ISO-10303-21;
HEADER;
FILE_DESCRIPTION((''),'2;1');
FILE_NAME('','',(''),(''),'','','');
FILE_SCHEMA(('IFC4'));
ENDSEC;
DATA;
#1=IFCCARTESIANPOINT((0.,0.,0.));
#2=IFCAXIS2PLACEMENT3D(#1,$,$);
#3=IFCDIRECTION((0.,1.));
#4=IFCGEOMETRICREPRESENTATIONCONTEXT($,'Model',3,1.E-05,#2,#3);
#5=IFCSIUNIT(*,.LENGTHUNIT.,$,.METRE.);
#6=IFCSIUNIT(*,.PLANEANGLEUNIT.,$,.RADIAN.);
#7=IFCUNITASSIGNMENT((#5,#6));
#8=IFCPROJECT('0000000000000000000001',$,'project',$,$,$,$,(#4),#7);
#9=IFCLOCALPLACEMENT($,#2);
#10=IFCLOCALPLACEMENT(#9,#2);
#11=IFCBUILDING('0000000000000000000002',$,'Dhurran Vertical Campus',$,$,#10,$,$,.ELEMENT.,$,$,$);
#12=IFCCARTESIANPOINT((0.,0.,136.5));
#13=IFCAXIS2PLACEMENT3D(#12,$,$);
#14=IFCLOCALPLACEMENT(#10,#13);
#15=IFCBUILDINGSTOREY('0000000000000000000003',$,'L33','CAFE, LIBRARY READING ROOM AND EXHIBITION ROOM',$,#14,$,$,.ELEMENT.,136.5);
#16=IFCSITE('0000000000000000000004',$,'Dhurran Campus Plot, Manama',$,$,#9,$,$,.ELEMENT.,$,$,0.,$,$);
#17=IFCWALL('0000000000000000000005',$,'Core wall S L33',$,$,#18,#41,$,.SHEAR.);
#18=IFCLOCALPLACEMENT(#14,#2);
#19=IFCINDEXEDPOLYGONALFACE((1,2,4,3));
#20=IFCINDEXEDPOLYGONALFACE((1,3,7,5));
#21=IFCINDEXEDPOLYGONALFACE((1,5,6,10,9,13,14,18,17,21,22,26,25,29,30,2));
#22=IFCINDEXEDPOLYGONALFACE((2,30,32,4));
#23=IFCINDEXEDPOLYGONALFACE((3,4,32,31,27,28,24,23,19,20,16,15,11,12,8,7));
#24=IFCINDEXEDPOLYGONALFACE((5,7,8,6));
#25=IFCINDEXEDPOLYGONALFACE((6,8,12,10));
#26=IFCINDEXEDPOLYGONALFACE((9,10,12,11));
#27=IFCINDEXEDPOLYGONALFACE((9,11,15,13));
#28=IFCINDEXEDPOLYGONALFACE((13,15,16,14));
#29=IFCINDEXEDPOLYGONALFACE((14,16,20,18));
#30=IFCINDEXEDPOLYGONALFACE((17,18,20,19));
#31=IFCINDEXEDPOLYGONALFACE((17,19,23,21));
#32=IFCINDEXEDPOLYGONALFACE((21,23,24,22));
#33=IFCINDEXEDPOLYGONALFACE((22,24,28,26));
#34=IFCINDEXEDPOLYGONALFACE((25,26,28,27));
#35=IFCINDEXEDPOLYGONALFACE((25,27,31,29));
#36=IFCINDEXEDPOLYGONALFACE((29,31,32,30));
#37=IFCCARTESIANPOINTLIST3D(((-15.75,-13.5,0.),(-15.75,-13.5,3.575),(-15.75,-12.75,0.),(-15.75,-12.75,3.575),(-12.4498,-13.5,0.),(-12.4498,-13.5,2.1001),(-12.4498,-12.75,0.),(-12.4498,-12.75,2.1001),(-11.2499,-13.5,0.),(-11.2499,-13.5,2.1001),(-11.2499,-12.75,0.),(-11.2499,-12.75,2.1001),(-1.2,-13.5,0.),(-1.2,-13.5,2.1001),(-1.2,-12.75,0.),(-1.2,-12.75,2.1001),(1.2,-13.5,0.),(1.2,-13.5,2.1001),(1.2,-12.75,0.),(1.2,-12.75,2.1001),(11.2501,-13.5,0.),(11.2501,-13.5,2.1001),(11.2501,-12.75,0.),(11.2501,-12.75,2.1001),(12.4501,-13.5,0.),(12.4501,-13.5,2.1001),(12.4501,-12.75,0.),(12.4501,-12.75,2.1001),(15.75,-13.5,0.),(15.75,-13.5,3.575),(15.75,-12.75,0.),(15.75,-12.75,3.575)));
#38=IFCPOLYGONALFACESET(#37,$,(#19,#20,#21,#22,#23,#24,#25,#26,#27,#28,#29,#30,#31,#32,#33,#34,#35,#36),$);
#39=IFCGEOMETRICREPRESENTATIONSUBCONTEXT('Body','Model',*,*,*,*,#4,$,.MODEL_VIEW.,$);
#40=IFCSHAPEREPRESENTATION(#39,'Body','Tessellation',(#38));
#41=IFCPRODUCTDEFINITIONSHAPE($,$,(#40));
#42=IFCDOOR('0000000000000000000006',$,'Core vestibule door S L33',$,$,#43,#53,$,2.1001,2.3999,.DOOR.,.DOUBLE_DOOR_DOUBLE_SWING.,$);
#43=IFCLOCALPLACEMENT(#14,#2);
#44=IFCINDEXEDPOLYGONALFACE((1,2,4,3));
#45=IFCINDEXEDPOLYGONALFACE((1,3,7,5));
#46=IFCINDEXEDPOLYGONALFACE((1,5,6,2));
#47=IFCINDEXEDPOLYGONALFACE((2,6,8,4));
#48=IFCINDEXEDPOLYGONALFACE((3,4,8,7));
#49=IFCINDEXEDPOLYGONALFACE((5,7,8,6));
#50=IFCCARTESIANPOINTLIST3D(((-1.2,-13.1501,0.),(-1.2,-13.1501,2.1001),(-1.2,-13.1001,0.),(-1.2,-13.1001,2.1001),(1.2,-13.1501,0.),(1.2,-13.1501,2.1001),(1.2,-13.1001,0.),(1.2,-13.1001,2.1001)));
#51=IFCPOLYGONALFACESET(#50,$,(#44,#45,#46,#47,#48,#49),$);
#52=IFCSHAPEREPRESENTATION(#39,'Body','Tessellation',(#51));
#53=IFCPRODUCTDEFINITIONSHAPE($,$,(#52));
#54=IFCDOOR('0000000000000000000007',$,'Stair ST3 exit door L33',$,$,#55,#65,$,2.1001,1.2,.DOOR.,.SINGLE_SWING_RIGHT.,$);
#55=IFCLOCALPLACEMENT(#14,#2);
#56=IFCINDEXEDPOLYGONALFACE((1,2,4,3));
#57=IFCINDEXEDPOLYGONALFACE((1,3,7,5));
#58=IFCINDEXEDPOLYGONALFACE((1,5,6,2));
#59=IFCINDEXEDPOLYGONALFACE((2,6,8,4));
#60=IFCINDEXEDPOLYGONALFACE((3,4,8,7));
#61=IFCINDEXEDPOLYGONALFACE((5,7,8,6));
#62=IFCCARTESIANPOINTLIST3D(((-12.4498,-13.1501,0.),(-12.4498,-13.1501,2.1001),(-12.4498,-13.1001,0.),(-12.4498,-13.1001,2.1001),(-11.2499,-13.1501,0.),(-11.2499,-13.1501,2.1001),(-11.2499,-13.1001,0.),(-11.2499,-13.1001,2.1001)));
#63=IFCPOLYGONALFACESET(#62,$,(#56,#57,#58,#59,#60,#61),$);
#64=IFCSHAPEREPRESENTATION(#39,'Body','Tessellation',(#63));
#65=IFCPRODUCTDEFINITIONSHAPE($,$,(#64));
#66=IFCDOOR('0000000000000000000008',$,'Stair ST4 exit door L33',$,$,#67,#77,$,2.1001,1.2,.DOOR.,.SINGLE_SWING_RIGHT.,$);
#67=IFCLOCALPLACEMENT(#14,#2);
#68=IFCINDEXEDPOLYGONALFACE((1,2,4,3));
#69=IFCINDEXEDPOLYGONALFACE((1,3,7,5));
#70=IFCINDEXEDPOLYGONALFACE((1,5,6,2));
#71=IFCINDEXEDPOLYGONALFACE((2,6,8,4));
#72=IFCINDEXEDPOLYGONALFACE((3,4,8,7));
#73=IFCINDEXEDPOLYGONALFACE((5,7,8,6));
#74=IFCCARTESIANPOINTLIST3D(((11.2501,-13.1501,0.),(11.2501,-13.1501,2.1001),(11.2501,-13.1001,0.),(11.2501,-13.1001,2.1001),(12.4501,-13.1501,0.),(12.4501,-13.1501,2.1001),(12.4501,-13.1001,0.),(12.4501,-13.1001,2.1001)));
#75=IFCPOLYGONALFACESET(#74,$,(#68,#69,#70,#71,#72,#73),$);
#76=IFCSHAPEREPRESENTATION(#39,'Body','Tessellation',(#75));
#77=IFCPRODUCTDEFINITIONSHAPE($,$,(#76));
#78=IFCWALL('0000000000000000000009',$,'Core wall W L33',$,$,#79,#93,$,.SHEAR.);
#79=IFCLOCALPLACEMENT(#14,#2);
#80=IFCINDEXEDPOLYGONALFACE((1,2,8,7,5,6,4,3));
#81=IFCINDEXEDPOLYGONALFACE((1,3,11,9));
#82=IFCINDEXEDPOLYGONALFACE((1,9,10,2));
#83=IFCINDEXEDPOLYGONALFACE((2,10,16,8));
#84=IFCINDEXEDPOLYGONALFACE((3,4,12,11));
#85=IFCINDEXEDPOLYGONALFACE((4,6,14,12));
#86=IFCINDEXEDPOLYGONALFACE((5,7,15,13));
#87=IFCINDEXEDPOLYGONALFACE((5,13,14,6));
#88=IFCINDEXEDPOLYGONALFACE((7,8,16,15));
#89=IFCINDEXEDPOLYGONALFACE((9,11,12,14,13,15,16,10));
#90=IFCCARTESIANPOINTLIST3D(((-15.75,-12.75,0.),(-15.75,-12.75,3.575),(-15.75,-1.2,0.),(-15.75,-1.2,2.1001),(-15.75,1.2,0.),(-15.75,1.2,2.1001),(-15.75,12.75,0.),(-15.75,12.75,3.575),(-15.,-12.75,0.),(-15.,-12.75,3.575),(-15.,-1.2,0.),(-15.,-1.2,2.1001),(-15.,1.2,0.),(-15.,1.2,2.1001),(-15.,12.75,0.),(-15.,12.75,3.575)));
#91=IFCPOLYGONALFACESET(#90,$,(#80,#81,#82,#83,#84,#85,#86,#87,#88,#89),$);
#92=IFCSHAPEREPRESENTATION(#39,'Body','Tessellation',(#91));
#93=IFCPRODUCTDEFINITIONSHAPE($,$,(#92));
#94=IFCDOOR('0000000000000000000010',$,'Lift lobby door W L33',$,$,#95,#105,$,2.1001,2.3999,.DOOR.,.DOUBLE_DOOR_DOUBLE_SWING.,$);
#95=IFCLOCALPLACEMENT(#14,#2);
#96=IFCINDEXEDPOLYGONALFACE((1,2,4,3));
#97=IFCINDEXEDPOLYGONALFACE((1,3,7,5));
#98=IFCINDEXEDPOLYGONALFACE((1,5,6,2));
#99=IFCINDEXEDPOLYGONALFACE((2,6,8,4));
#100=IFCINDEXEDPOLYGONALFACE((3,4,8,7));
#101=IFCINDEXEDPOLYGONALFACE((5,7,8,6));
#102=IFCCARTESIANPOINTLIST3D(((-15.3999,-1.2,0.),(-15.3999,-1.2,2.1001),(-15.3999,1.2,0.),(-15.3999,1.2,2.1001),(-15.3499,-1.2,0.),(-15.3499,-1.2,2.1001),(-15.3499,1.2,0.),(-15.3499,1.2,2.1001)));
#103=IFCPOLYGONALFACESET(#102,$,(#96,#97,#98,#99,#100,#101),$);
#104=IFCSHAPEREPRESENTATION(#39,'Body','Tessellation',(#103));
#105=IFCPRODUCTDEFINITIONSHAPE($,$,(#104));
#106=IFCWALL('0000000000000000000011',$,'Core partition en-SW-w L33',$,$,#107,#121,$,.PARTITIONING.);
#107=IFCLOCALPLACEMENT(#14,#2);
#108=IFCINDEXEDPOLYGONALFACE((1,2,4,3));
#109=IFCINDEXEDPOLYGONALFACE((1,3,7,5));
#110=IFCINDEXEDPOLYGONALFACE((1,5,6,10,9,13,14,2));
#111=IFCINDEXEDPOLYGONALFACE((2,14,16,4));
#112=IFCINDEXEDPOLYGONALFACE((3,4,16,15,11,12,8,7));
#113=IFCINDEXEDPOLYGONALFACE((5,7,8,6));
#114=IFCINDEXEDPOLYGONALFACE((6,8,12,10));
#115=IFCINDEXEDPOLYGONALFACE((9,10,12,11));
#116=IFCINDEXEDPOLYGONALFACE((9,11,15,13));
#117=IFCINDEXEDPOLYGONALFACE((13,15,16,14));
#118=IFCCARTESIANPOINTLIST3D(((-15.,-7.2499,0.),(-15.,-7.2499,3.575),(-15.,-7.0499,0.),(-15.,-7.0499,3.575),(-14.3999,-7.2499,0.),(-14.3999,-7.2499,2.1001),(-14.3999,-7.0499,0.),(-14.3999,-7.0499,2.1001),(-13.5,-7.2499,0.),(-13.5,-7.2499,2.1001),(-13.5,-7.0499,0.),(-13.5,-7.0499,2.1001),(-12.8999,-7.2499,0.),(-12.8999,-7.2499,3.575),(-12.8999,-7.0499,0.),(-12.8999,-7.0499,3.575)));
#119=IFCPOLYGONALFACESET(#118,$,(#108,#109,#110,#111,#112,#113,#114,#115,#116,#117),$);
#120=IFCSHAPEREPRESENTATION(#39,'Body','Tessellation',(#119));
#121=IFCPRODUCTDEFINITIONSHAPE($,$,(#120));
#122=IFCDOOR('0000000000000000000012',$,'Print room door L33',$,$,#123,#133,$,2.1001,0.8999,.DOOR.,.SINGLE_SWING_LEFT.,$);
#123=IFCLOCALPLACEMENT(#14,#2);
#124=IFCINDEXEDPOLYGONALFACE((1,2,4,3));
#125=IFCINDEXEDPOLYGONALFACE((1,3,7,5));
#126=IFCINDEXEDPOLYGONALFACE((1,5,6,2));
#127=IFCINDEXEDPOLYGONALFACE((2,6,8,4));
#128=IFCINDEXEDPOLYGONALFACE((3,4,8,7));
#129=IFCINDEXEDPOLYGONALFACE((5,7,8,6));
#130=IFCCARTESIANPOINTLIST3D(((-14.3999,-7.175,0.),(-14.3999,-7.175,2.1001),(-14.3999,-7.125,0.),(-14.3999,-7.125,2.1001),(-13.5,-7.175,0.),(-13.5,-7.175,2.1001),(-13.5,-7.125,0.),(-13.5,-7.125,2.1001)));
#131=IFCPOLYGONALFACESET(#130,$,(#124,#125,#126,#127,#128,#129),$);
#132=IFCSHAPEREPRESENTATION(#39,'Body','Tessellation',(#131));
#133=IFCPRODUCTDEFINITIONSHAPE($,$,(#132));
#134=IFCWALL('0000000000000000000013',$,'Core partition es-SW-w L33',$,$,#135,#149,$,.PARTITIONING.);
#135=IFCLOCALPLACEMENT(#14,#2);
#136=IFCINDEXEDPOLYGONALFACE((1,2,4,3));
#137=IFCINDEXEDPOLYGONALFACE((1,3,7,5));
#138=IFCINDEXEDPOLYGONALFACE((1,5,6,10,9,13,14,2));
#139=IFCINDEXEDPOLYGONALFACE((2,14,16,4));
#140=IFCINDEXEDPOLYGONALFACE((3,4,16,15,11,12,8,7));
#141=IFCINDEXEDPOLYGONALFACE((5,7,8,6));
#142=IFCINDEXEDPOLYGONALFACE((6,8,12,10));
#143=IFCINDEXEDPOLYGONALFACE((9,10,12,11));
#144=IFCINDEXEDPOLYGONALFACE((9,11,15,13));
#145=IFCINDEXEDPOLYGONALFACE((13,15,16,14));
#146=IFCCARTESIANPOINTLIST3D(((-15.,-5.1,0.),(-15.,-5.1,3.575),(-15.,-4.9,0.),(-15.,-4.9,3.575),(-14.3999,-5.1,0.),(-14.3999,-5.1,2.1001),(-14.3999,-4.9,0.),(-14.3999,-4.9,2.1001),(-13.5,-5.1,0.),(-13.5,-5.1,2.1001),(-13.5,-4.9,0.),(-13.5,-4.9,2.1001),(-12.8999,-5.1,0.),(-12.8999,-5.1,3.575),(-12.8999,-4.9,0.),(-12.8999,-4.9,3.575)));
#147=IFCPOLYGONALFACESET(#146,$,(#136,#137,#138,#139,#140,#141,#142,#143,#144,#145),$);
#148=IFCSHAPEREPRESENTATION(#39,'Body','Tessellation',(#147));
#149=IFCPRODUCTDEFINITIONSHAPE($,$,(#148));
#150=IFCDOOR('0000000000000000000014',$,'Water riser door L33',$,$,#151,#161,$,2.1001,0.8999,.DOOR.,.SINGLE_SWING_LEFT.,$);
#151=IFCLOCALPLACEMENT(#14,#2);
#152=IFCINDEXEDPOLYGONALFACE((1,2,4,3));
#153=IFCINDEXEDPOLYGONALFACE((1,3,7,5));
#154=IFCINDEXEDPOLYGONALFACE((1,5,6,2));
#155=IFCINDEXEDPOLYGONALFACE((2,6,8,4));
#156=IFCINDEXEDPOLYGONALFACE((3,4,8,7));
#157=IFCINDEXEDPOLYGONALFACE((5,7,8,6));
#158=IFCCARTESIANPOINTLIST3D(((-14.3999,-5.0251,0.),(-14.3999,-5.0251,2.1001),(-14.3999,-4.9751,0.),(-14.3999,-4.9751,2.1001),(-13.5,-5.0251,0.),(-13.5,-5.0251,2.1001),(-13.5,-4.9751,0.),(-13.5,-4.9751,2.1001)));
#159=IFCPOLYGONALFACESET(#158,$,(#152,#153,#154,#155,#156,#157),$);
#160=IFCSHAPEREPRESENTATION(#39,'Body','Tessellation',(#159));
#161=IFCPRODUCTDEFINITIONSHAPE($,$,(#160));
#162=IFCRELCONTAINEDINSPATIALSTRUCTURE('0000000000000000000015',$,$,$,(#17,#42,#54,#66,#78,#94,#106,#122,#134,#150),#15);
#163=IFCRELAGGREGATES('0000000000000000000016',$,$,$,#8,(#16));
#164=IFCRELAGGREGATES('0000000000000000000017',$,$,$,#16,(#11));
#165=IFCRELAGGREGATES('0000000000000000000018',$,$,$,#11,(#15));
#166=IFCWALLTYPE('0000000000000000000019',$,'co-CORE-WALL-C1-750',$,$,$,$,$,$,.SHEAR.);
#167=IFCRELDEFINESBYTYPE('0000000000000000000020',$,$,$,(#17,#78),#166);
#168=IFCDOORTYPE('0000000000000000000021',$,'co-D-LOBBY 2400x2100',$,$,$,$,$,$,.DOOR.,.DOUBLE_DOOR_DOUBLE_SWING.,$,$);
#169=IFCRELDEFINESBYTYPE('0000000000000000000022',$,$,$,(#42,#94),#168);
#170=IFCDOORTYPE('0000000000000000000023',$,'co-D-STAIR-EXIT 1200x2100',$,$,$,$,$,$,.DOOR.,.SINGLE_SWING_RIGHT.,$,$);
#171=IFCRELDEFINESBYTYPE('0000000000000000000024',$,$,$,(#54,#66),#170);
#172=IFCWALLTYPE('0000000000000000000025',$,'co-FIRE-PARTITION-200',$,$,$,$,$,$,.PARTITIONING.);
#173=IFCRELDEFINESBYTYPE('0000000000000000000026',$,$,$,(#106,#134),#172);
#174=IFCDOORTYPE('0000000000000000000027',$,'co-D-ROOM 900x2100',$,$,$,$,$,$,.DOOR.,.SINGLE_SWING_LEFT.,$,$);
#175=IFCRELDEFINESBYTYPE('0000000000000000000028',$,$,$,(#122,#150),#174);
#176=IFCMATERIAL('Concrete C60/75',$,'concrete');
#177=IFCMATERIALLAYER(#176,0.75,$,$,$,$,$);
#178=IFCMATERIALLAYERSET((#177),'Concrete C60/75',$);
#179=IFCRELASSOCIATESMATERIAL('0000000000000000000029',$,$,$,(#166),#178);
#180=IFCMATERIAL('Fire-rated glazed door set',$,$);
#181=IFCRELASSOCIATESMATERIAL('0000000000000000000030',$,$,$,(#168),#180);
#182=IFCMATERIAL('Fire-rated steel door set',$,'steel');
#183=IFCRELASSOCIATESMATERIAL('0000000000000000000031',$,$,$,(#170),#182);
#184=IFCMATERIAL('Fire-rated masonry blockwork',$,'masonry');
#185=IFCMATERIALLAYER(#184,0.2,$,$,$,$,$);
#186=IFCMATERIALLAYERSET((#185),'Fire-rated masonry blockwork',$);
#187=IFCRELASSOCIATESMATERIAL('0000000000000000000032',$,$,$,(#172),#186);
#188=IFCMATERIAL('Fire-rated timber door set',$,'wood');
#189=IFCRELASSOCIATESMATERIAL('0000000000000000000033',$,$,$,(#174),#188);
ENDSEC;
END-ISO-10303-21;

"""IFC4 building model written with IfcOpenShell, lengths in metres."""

from ifc_helpers import new_model, si_unit, direction, frame, frame_2d, origin, place, context, subcontext, project, spatial, rectangle, extrude, material, layer, layer_set, type_object, element, fill, save


model = new_model("IFC4")

# Units and contexts
model_context = context("Model", 3, precision=1e-05, world=origin(), true_north=direction((0.0, 1.0)))
body_context = subcontext(model_context, "Body", "Model", "MODEL_VIEW")
ifc_project = project(units=[si_unit("LENGTHUNIT", "METRE"), si_unit("PLANEANGLEUNIT", "RADIAN")], contexts=[model_context])

# Site, building, storey
site_placement = place(None, origin())
site = spatial("IfcSite", under=ifc_project, at=site_placement, Name="Dhurran Campus Plot, Manama", CompositionType="ELEMENT", RefElevation=0.0)
building_placement = place(site_placement, origin())
building = spatial("IfcBuilding", under=site, at=building_placement, Name="Dhurran Vertical Campus", CompositionType="ELEMENT")
storey_placement = place(building_placement, frame((0.0, 0.0, 136.5)))
storey = spatial("IfcBuildingStorey", under=building, at=storey_placement, Name="L33", Description="CAFE, LIBRARY READING ROOM AND EXHIBITION ROOM", CompositionType="ELEMENT", Elevation=136.5)

# Wall, openings, doors
ifc_material_1 = material(Name="Concrete C60/75", Category="concrete")
ifc_layer_1 = layer(ifc_material_1, 0.75)
ifc_layer_set_1 = layer_set([ifc_layer_1], Name="Concrete C60/75")
wall_type_1 = type_object("IfcWallType", Name="co-CORE-WALL-C1-750", PredefinedType="SHEAR", material=ifc_layer_set_1)
wall_1_placement = place(storey_placement, frame((-15.75, -13.125, 0.0), z_axis=(0.0, 0.0, 1.0), x_axis=(1.0, 0.0, 0.0)))
wall_1 = element("IfcWall", 1, at=wall_1_placement, inside=storey, type_object=wall_type_1, Name="Core wall S L33", PredefinedType="SHEAR", context=body_context, shape_type="SweptSolid", body=[
    extrude(rectangle(XDim=31.5, YDim=0.75, at=frame_2d((15.75, 0.0))), origin(), (0.0, 0.0, 1.0), 3.575),
])
opening_1_placement = place(wall_1_placement, frame((14.55, 0.0, 0.0)))
opening_1 = element("IfcOpeningElement", 2, at=opening_1_placement, cuts=wall_1, PredefinedType="OPENING", context=body_context, shape_type="SweptSolid", body=[
    extrude(rectangle(XDim=2.3999, YDim=2.1001, at=frame_2d((1.2, 1.05))), frame((0.0, 0.385, 0.0), z_axis=(0.0, -1.0, 0.0), x_axis=(1.0, 0.0, 0.0)), (0.0, 0.0, 1.0), 0.77),
])
opening_2_placement = place(wall_1_placement, frame((3.3, 0.0, 0.0)))
opening_2 = element("IfcOpeningElement", 3, at=opening_2_placement, cuts=wall_1, PredefinedType="OPENING", context=body_context, shape_type="SweptSolid", body=[
    extrude(rectangle(XDim=1.2, YDim=2.1001, at=frame_2d((0.6001, 1.05))), frame((0.0, 0.385, 0.0), z_axis=(0.0, -1.0, 0.0), x_axis=(1.0, 0.0, 0.0)), (0.0, 0.0, 1.0), 0.77),
])
opening_3_placement = place(wall_1_placement, frame((27.0, 0.0, 0.0)))
opening_3 = element("IfcOpeningElement", 4, at=opening_3_placement, cuts=wall_1, PredefinedType="OPENING", context=body_context, shape_type="SweptSolid", body=[
    extrude(rectangle(XDim=1.2, YDim=2.1001, at=frame_2d((0.6001, 1.05))), frame((0.0, 0.385, 0.0), z_axis=(0.0, -1.0, 0.0), x_axis=(1.0, 0.0, 0.0)), (0.0, 0.0, 1.0), 0.77),
])
ifc_material_2 = material(Name="Fire-rated glazed door set")
door_type_1 = type_object("IfcDoorType", Name="co-D-LOBBY 2400x2100", OperationType="DOUBLE_DOOR_DOUBLE_SWING", PredefinedType="DOOR", material=ifc_material_2)
door_1_placement = place(opening_1_placement, origin())
door_1 = element("IfcDoor", 5, at=door_1_placement, inside=storey, type_object=door_type_1, Name="Core vestibule door S L33", OperationType="DOUBLE_DOOR_DOUBLE_SWING", OverallHeight=2.1001, OverallWidth=2.3999, PredefinedType="DOOR", context=body_context, shape_type="SweptSolid", body=[
    extrude(rectangle(XDim=2.3999, YDim=2.1001, at=frame_2d((1.2, 1.05))), frame((0.0, 0.0249, 0.0), z_axis=(0.0, -1.0, 0.0), x_axis=(1.0, 0.0, 0.0)), (0.0, 0.0, 1.0), 0.05),
])
fill(opening_1, door_1)
ifc_material_3 = material(Name="Fire-rated steel door set", Category="steel")
door_type_2 = type_object("IfcDoorType", Name="co-D-STAIR-EXIT 1200x2100", OperationType="SINGLE_SWING_RIGHT", PredefinedType="DOOR", material=ifc_material_3)
door_2_placement = place(opening_2_placement, origin())
door_2 = element("IfcDoor", 6, at=door_2_placement, inside=storey, type_object=door_type_2, Name="Stair ST3 exit door L33", OperationType="SINGLE_SWING_RIGHT", OverallHeight=2.1001, OverallWidth=1.2, PredefinedType="DOOR", context=body_context, shape_type="SweptSolid", body=[
    extrude(rectangle(XDim=1.2, YDim=2.1001, at=frame_2d((0.6001, 1.05))), frame((0.0, 0.0249, 0.0), z_axis=(0.0, -1.0, 0.0), x_axis=(1.0, 0.0, 0.0)), (0.0, 0.0, 1.0), 0.05),
])
fill(opening_2, door_2)
door_3_placement = place(opening_3_placement, origin())
door_3 = element("IfcDoor", 7, at=door_3_placement, inside=storey, type_object=door_type_2, Name="Stair ST4 exit door L33", OperationType="SINGLE_SWING_RIGHT", OverallHeight=2.1001, OverallWidth=1.2, PredefinedType="DOOR", context=body_context, shape_type="SweptSolid", body=[
    extrude(rectangle(XDim=1.2, YDim=2.1001, at=frame_2d((0.6001, 1.05))), frame((0.0, 0.0249, 0.0), z_axis=(0.0, -1.0, 0.0), x_axis=(1.0, 0.0, 0.0)), (0.0, 0.0, 1.0), 0.05),
])
fill(opening_3, door_3)

# Walls, openings, doors
wall_2_placement = place(storey_placement, frame((-15.375, -12.75, 0.0), z_axis=(0.0, 0.0, 1.0), x_axis=(0.0, 1.0, 0.0)))
wall_2 = element("IfcWall", 8, at=wall_2_placement, inside=storey, type_object=wall_type_1, Name="Core wall W L33", PredefinedType="SHEAR", context=body_context, shape_type="SweptSolid", body=[
    extrude(rectangle(XDim=25.5, YDim=0.75, at=frame_2d((12.75, 0.0))), origin(), (0.0, 0.0, 1.0), 3.575),
])
opening_4_placement = place(wall_2_placement, frame((11.55, 0.0, 0.0)))
opening_4 = element("IfcOpeningElement", 9, at=opening_4_placement, cuts=wall_2, PredefinedType="OPENING", context=body_context, shape_type="SweptSolid", body=[
    extrude(rectangle(XDim=2.3999, YDim=2.1001, at=frame_2d((1.2, 1.05))), frame((0.0, 0.385, 0.0), z_axis=(0.0, -1.0, 0.0), x_axis=(1.0, 0.0, 0.0)), (0.0, 0.0, 1.0), 0.77),
])
door_4_placement = place(opening_4_placement, origin())
door_4 = element("IfcDoor", 10, at=door_4_placement, inside=storey, type_object=door_type_1, Name="Lift lobby door W L33", OperationType="DOUBLE_DOOR_DOUBLE_SWING", OverallHeight=2.1001, OverallWidth=2.3999, PredefinedType="DOOR", context=body_context, shape_type="SweptSolid", body=[
    extrude(rectangle(XDim=2.3999, YDim=2.1001, at=frame_2d((1.2, 1.05))), frame((0.0, 0.0249, 0.0), z_axis=(0.0, -1.0, 0.0), x_axis=(1.0, 0.0, 0.0)), (0.0, 0.0, 1.0), 0.05),
])
fill(opening_4, door_4)
ifc_material_4 = material(Name="Fire-rated masonry blockwork", Category="masonry")
ifc_layer_2 = layer(ifc_material_4, 0.2)
ifc_layer_set_2 = layer_set([ifc_layer_2], Name="Fire-rated masonry blockwork")
wall_type_2 = type_object("IfcWallType", Name="co-FIRE-PARTITION-200", PredefinedType="PARTITIONING", material=ifc_layer_set_2)
wall_3_placement = place(storey_placement, frame((-15.0, -7.1499, 0.0), z_axis=(0.0, 0.0, 1.0), x_axis=(1.0, 0.0, 0.0)))
wall_3 = element("IfcWall", 11, at=wall_3_placement, inside=storey, type_object=wall_type_2, Name="Core partition en-SW-w L33", PredefinedType="PARTITIONING", context=body_context, shape_type="SweptSolid", body=[
    extrude(rectangle(XDim=2.1001, YDim=0.2, at=frame_2d((1.05, 0.0))), origin(), (0.0, 0.0, 1.0), 3.575),
])
opening_5_placement = place(wall_3_placement, frame((0.6001, 0.0, 0.0)))
opening_5 = element("IfcOpeningElement", 12, at=opening_5_placement, cuts=wall_3, PredefinedType="OPENING", context=body_context, shape_type="SweptSolid", body=[
    extrude(rectangle(XDim=0.8999, YDim=2.1001, at=frame_2d((0.45, 1.05))), frame((0.0, 0.1099, 0.0), z_axis=(0.0, -1.0, 0.0), x_axis=(1.0, 0.0, 0.0)), (0.0, 0.0, 1.0), 0.22),
])
ifc_material_5 = material(Name="Fire-rated timber door set", Category="wood")
door_type_3 = type_object("IfcDoorType", Name="co-D-ROOM 900x2100", OperationType="SINGLE_SWING_LEFT", PredefinedType="DOOR", material=ifc_material_5)
door_5_placement = place(opening_5_placement, origin())
door_5 = element("IfcDoor", 13, at=door_5_placement, inside=storey, type_object=door_type_3, Name="Print room door L33", OperationType="SINGLE_SWING_LEFT", OverallHeight=2.1001, OverallWidth=0.8999, PredefinedType="DOOR", context=body_context, shape_type="SweptSolid", body=[
    extrude(rectangle(XDim=0.8999, YDim=2.1001, at=frame_2d((0.45, 1.05))), frame((0.0, 0.0249, 0.0), z_axis=(0.0, -1.0, 0.0), x_axis=(1.0, 0.0, 0.0)), (0.0, 0.0, 1.0), 0.05),
])
fill(opening_5, door_5)
wall_4_placement = place(storey_placement, frame((-15.0, -5.0, 0.0), z_axis=(0.0, 0.0, 1.0), x_axis=(1.0, 0.0, 0.0)))
wall_4 = element("IfcWall", 14, at=wall_4_placement, inside=storey, type_object=wall_type_2, Name="Core partition es-SW-w L33", PredefinedType="PARTITIONING", context=body_context, shape_type="SweptSolid", body=[
    extrude(rectangle(XDim=2.1001, YDim=0.2, at=frame_2d((1.05, 0.0))), origin(), (0.0, 0.0, 1.0), 3.575),
])
opening_6_placement = place(wall_4_placement, frame((0.6001, 0.0, 0.0)))
opening_6 = element("IfcOpeningElement", 15, at=opening_6_placement, cuts=wall_4, PredefinedType="OPENING", context=body_context, shape_type="SweptSolid", body=[
    extrude(rectangle(XDim=0.8999, YDim=2.1001, at=frame_2d((0.45, 1.05))), frame((0.0, 0.1099, 0.0), z_axis=(0.0, -1.0, 0.0), x_axis=(1.0, 0.0, 0.0)), (0.0, 0.0, 1.0), 0.22),
])
door_6_placement = place(opening_6_placement, origin())
door_6 = element("IfcDoor", 16, at=door_6_placement, inside=storey, type_object=door_type_3, Name="Water riser door L33", OperationType="SINGLE_SWING_LEFT", OverallHeight=2.1001, OverallWidth=0.8999, PredefinedType="DOOR", context=body_context, shape_type="SweptSolid", body=[
    extrude(rectangle(XDim=0.8999, YDim=2.1001, at=frame_2d((0.45, 1.05))), frame((0.0, 0.0249, 0.0), z_axis=(0.0, -1.0, 0.0), x_axis=(1.0, 0.0, 0.0)), (0.0, 0.0, 1.0), 0.05),
])
fill(opening_6, door_6)

save(model, "model.ifc")
